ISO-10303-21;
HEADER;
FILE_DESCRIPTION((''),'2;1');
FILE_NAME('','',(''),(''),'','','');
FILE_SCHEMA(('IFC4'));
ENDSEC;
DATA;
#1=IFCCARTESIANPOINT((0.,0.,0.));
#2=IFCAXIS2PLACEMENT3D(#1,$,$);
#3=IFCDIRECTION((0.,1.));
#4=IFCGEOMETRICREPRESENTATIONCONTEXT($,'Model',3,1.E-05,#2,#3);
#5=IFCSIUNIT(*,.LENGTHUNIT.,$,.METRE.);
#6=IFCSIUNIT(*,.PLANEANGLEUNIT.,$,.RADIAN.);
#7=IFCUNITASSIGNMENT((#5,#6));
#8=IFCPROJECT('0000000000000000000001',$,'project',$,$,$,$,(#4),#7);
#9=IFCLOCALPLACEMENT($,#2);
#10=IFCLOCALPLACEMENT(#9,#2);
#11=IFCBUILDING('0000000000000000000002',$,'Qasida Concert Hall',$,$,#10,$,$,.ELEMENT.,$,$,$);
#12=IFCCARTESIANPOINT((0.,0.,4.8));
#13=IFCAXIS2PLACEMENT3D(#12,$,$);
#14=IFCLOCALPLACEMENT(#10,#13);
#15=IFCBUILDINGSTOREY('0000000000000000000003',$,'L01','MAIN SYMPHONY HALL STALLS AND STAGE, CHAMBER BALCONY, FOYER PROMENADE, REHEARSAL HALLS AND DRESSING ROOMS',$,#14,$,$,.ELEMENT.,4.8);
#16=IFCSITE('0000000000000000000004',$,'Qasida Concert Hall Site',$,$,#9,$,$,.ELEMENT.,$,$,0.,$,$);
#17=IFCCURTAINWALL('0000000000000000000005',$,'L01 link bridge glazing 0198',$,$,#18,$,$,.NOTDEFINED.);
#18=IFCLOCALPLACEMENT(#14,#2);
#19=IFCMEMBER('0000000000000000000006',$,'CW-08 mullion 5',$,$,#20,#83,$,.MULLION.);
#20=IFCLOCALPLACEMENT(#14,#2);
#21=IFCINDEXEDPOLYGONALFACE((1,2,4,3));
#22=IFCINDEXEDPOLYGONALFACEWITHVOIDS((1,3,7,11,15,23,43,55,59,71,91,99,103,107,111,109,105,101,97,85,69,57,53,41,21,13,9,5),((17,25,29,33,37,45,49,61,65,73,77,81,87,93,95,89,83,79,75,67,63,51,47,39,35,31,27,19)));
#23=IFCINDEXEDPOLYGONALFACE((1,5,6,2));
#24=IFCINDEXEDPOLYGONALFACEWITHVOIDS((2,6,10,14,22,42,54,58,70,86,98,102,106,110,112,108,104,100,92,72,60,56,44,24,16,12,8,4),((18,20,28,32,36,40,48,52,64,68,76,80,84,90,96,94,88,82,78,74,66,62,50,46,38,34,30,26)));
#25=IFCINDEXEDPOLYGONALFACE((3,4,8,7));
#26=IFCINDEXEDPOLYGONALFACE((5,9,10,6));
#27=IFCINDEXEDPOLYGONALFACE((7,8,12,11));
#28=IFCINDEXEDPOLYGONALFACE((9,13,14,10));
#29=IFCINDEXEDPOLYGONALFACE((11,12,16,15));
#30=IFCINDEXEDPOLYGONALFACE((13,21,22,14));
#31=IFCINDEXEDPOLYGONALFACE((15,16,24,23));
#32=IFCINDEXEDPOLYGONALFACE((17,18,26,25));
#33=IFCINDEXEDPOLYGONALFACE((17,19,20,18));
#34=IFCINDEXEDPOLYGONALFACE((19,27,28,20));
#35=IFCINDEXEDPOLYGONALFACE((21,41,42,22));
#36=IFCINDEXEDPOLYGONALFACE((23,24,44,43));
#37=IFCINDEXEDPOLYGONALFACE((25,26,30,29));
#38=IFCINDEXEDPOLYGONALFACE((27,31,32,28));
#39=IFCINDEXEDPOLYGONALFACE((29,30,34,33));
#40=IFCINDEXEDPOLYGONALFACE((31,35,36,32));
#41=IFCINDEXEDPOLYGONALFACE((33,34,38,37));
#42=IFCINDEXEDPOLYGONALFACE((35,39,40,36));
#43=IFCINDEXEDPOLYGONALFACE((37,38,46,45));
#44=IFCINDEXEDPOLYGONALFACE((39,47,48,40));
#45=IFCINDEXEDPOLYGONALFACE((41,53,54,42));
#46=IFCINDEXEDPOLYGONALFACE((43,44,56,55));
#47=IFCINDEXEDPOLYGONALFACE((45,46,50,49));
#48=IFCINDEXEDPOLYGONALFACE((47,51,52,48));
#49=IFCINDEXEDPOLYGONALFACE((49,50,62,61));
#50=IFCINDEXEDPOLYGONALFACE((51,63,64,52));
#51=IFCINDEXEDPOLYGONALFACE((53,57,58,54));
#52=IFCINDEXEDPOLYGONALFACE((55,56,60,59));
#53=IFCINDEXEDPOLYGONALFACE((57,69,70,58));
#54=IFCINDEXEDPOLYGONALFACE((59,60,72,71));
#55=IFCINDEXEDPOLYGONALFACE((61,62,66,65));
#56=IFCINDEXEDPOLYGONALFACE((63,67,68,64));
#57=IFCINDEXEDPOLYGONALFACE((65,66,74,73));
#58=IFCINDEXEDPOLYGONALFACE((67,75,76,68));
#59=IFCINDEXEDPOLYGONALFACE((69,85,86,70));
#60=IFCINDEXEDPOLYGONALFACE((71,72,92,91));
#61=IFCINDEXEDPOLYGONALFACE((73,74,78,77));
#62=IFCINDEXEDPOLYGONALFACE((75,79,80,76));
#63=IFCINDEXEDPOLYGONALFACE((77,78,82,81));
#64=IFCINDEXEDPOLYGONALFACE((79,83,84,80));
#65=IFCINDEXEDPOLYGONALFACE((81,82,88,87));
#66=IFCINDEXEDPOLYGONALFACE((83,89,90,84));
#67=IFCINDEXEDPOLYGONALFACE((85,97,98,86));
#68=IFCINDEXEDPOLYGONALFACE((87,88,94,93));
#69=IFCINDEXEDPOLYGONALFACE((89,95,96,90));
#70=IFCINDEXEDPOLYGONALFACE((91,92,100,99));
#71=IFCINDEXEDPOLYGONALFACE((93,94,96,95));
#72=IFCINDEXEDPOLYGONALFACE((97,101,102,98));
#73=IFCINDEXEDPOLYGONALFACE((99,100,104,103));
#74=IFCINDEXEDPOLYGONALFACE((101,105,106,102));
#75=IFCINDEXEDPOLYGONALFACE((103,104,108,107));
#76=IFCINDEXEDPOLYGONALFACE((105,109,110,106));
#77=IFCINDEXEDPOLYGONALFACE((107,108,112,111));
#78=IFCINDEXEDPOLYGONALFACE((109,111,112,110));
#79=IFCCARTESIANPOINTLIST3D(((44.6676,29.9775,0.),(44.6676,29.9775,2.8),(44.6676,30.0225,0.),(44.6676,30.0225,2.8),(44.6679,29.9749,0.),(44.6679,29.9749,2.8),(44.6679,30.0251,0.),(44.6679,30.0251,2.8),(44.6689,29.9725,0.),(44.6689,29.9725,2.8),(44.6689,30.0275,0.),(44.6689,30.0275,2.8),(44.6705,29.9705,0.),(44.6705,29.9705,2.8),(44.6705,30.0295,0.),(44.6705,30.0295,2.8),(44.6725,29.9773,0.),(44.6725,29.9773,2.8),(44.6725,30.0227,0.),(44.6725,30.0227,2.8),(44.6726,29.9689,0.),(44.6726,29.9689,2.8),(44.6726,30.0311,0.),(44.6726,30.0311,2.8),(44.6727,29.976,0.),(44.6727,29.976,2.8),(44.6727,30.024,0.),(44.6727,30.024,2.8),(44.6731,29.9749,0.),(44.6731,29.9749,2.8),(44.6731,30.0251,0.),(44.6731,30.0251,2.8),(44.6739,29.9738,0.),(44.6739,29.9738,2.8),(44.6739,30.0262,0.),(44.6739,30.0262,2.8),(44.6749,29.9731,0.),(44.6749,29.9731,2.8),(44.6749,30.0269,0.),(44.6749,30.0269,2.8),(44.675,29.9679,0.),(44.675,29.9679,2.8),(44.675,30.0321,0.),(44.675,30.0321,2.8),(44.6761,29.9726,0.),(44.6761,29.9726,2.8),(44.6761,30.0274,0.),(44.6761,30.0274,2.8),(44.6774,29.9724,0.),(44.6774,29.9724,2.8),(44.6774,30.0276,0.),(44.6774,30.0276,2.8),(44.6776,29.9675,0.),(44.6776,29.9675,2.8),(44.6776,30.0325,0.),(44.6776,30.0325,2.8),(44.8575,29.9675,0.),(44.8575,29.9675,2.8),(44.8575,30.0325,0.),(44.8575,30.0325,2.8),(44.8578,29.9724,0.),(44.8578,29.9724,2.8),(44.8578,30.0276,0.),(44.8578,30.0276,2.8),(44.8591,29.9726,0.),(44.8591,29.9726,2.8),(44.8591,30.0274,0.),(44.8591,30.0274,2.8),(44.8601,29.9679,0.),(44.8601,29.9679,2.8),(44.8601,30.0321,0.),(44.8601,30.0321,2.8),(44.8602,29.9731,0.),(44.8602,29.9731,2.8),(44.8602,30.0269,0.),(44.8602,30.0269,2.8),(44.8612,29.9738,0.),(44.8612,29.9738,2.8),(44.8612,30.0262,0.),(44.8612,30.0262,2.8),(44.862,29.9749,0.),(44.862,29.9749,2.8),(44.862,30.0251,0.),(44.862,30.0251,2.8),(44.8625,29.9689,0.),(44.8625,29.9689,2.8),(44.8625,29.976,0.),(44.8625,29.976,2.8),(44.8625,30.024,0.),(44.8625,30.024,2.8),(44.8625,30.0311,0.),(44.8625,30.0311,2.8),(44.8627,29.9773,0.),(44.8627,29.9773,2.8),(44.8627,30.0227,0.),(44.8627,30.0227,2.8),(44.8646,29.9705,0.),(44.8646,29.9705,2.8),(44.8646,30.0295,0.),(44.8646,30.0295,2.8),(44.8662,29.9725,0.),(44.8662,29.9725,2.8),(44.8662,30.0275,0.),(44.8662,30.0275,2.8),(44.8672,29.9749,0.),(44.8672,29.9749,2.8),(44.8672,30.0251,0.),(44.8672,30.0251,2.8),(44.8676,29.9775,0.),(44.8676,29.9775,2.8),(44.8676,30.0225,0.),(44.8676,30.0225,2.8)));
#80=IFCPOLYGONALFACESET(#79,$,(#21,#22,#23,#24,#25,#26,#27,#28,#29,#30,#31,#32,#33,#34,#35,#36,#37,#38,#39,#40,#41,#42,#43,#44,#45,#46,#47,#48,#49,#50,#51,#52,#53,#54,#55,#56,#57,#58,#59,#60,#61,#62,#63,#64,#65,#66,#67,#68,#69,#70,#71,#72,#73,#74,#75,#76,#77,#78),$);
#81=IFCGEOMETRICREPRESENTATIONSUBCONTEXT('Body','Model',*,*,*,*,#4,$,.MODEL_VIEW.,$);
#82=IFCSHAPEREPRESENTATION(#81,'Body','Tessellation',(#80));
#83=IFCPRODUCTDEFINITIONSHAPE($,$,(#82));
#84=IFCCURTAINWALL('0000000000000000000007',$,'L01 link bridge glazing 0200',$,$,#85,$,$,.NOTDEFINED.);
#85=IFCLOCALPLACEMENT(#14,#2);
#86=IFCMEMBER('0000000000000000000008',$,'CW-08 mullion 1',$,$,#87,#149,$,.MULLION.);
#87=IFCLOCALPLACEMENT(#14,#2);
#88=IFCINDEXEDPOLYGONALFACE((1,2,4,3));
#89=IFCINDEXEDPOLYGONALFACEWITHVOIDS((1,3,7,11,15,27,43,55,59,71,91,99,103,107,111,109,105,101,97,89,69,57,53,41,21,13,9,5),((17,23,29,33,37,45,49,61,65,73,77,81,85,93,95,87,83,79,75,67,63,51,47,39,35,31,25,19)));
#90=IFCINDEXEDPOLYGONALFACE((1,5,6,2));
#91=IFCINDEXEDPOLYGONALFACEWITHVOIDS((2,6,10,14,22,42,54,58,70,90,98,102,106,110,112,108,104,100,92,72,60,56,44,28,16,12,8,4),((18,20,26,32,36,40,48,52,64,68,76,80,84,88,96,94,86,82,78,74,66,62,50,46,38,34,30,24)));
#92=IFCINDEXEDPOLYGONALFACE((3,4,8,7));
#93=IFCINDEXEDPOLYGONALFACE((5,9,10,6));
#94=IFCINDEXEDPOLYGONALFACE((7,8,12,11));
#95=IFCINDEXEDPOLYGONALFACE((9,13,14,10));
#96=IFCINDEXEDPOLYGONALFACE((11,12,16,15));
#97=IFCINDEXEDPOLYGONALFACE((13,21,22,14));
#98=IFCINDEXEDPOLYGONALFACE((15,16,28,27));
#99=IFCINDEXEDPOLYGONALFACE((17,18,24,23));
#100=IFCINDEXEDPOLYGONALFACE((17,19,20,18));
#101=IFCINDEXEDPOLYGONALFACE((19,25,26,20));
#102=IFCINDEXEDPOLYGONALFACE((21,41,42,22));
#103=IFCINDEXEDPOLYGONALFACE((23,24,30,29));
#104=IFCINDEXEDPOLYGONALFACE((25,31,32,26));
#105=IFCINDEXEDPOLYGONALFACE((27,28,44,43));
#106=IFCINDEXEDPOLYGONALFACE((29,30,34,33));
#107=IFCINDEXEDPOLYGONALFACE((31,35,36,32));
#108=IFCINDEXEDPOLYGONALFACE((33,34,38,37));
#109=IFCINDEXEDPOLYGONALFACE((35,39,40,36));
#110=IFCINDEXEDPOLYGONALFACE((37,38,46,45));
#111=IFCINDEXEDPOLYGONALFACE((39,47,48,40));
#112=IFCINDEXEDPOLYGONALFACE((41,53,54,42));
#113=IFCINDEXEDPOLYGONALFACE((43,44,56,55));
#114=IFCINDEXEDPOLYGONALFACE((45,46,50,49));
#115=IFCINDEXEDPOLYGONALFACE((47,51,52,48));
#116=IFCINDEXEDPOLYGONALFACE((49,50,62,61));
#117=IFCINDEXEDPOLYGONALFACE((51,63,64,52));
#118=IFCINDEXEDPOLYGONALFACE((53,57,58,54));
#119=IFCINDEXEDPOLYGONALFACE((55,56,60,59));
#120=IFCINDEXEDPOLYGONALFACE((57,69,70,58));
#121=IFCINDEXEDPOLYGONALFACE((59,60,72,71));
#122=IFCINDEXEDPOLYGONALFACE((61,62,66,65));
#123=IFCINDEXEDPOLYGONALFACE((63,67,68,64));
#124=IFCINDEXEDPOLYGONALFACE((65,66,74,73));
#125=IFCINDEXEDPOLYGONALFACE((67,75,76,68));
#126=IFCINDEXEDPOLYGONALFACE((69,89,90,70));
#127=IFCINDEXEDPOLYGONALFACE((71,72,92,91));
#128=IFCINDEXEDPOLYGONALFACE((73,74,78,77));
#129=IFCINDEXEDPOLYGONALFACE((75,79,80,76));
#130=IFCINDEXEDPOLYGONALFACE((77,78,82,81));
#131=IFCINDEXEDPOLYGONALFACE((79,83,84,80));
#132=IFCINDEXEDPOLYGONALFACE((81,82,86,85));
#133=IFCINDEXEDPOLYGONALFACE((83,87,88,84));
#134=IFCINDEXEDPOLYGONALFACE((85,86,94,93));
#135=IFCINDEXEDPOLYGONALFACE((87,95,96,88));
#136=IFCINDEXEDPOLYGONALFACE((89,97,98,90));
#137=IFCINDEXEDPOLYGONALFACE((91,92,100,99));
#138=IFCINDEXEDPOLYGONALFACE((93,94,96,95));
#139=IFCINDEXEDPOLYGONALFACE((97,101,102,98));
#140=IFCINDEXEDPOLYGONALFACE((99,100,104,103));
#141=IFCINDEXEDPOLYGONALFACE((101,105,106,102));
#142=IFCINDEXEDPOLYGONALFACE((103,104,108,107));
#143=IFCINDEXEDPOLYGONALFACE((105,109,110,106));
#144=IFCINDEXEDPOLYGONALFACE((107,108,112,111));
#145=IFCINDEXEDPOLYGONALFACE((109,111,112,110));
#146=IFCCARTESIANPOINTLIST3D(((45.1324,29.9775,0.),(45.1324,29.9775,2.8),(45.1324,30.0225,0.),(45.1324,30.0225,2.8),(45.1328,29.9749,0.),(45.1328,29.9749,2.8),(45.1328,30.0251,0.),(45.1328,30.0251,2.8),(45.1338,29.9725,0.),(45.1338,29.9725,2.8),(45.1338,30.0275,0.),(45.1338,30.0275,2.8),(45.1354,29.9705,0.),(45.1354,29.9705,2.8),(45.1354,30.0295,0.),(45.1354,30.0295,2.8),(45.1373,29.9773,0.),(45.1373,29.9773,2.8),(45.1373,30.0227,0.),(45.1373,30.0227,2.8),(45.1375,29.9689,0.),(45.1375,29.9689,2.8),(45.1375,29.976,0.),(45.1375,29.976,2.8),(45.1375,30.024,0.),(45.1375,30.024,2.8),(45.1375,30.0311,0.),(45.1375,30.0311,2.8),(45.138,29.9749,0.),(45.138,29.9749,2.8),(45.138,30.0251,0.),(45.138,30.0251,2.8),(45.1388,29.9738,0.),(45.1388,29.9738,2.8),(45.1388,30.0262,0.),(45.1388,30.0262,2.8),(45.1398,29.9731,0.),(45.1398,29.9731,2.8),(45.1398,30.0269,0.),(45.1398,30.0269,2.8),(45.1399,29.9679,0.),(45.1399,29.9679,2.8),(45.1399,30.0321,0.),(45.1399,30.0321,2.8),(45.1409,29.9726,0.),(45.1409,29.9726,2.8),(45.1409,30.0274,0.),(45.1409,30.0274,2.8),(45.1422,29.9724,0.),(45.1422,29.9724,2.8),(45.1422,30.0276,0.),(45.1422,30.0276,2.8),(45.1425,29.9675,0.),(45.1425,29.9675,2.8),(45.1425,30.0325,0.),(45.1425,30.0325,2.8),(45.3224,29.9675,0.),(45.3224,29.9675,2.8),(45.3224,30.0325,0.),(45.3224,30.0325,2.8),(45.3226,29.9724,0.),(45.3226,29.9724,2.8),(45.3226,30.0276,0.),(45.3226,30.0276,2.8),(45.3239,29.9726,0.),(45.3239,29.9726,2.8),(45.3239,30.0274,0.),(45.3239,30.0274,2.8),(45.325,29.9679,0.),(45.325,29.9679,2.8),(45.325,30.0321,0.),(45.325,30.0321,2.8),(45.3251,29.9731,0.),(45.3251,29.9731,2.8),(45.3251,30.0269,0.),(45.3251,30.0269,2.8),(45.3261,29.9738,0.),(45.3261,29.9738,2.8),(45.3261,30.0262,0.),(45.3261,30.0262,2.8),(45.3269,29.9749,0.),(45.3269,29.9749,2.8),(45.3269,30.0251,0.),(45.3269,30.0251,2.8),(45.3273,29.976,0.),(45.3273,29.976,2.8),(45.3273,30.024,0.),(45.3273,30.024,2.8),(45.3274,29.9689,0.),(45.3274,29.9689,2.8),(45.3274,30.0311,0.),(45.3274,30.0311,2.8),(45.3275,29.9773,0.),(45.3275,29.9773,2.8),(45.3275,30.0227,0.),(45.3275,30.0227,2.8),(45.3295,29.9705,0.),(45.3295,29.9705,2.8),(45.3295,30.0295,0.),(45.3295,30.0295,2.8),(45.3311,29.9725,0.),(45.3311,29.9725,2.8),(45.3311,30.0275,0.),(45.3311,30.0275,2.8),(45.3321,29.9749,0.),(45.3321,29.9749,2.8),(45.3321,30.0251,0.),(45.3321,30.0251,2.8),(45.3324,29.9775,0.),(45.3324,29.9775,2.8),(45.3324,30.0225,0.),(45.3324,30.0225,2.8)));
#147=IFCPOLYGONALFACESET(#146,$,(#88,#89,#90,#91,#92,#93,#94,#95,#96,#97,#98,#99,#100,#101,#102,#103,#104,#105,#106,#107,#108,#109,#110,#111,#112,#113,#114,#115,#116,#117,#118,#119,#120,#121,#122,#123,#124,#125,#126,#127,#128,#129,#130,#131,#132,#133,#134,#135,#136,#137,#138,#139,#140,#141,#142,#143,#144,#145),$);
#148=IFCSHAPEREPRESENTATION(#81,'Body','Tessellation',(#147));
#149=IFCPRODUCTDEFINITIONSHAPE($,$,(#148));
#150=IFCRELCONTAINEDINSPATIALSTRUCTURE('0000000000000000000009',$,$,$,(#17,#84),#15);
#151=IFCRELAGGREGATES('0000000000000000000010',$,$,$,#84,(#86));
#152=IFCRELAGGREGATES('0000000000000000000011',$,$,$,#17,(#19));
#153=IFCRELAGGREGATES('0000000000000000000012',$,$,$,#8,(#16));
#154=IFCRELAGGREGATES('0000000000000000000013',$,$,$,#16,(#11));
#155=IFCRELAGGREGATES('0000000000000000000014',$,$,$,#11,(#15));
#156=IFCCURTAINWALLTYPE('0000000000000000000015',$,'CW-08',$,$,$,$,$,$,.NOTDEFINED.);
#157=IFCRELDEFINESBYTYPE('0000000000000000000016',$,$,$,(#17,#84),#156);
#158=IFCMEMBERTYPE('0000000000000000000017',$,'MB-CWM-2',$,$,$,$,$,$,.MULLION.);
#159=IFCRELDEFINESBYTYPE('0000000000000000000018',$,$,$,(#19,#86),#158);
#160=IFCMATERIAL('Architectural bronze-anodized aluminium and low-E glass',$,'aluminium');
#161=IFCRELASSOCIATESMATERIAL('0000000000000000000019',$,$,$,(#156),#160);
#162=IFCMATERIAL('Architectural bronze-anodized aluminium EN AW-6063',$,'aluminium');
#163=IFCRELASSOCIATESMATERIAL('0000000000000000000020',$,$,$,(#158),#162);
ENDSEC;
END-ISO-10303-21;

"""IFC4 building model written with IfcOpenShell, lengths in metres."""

from ifc_helpers import new_model, si_unit, direction, frame, origin, origin_2d, place, context, subcontext, project, spatial, hollow_rectangle, extrude, material, material_profile, profile_set, type_object, element, aggregate, save


model = new_model("IFC4")

# Units and contexts
model_context = context("Model", 3, precision=1e-05, world=origin(), true_north=direction((0.0, 1.0)))
body_context = subcontext(model_context, "Body", "Model", "MODEL_VIEW")
ifc_project = project(units=[si_unit("LENGTHUNIT", "METRE"), si_unit("PLANEANGLEUNIT", "RADIAN")], contexts=[model_context])

# Site, building, storey
site_placement = place(None, origin())
site = spatial("IfcSite", under=ifc_project, at=site_placement, Name="Qasida Concert Hall Site", CompositionType="ELEMENT", RefElevation=0.0)
building_placement = place(site_placement, origin())
building = spatial("IfcBuilding", under=site, at=building_placement, Name="Qasida Concert Hall", CompositionType="ELEMENT")
storey_placement = place(building_placement, frame((0.0, 0.0, 4.8)))
storey = spatial("IfcBuildingStorey", under=building, at=storey_placement, Name="L01", Description="MAIN SYMPHONY HALL STALLS AND STAGE, CHAMBER BALCONY, FOYER PROMENADE, REHEARSAL HALLS AND DRESSING ROOMS", CompositionType="ELEMENT", Elevation=4.8)

# Curtain wall, member
ifc_material_1 = material(Name="Architectural bronze-anodized aluminium and low-E glass", Category="aluminium")
curtain_wall_type = type_object("IfcCurtainWallType", Name="CW-08", PredefinedType="NOTDEFINED", material=ifc_material_1)
curtain_wall_1_placement = place(storey_placement, origin())
curtain_wall_1 = element("IfcCurtainWall", 1, at=curtain_wall_1_placement, inside=storey, type_object=curtain_wall_type, Name="L01 link bridge glazing 0198", PredefinedType="NOTDEFINED")
ifc_material_2 = material(Name="Architectural bronze-anodized aluminium EN AW-6063", Category="aluminium")
ifc_material_profile_1 = material_profile(ifc_material_2, hollow_rectangle(XDim=0.0649, YDim=0.2, WallThickness=0.0049, InnerFilletRadius=0.0049, OuterFilletRadius=0.01, at=origin_2d()), Name="CWM 200x65x5")
ifc_profile_set_1 = profile_set([ifc_material_profile_1], Name="Architectural bronze-anodized aluminium EN AW-6063")
member_type_1 = type_object("IfcMemberType", Name="MB-CWM-2", PredefinedType="MULLION", material=ifc_profile_set_1)
member_1_placement = place(storey_placement, frame((44.7676, 30.0, 0.0), z_axis=(0.0, 0.0, 1.0), x_axis=(0.0, 1.0, 0.0)))
member_1 = element("IfcMember", 2, at=member_1_placement, type_object=member_type_1, Name="CW-08 mullion 5", PredefinedType="MULLION", context=body_context, shape_type="SweptSolid", body=[
    extrude(hollow_rectangle(XDim=0.0649, YDim=0.2, WallThickness=0.0049, InnerFilletRadius=0.0049, OuterFilletRadius=0.01, at=origin_2d()), origin(), (0.0, 0.0, 1.0), 2.8),
])

# Curtain wall, member
curtain_wall_2_placement = place(storey_placement, origin())
curtain_wall_2 = element("IfcCurtainWall", 3, at=curtain_wall_2_placement, inside=storey, type_object=curtain_wall_type, Name="L01 link bridge glazing 0200", PredefinedType="NOTDEFINED")
member_2_placement = place(storey_placement, frame((45.2324, 30.0, 0.0), z_axis=(0.0, 0.0, 1.0), x_axis=(0.0, 1.0, 0.0)))
member_2 = element("IfcMember", 4, at=member_2_placement, type_object=member_type_1, Name="CW-08 mullion 1", PredefinedType="MULLION", context=body_context, shape_type="SweptSolid", body=[
    extrude(hollow_rectangle(XDim=0.0649, YDim=0.2, WallThickness=0.0049, InnerFilletRadius=0.0049, OuterFilletRadius=0.01, at=origin_2d()), origin(), (0.0, 0.0, 1.0), 2.8),
])

aggregate(curtain_wall_2, [member_2])

aggregate(curtain_wall_1, [member_1])

save(model, "model.ifc")
